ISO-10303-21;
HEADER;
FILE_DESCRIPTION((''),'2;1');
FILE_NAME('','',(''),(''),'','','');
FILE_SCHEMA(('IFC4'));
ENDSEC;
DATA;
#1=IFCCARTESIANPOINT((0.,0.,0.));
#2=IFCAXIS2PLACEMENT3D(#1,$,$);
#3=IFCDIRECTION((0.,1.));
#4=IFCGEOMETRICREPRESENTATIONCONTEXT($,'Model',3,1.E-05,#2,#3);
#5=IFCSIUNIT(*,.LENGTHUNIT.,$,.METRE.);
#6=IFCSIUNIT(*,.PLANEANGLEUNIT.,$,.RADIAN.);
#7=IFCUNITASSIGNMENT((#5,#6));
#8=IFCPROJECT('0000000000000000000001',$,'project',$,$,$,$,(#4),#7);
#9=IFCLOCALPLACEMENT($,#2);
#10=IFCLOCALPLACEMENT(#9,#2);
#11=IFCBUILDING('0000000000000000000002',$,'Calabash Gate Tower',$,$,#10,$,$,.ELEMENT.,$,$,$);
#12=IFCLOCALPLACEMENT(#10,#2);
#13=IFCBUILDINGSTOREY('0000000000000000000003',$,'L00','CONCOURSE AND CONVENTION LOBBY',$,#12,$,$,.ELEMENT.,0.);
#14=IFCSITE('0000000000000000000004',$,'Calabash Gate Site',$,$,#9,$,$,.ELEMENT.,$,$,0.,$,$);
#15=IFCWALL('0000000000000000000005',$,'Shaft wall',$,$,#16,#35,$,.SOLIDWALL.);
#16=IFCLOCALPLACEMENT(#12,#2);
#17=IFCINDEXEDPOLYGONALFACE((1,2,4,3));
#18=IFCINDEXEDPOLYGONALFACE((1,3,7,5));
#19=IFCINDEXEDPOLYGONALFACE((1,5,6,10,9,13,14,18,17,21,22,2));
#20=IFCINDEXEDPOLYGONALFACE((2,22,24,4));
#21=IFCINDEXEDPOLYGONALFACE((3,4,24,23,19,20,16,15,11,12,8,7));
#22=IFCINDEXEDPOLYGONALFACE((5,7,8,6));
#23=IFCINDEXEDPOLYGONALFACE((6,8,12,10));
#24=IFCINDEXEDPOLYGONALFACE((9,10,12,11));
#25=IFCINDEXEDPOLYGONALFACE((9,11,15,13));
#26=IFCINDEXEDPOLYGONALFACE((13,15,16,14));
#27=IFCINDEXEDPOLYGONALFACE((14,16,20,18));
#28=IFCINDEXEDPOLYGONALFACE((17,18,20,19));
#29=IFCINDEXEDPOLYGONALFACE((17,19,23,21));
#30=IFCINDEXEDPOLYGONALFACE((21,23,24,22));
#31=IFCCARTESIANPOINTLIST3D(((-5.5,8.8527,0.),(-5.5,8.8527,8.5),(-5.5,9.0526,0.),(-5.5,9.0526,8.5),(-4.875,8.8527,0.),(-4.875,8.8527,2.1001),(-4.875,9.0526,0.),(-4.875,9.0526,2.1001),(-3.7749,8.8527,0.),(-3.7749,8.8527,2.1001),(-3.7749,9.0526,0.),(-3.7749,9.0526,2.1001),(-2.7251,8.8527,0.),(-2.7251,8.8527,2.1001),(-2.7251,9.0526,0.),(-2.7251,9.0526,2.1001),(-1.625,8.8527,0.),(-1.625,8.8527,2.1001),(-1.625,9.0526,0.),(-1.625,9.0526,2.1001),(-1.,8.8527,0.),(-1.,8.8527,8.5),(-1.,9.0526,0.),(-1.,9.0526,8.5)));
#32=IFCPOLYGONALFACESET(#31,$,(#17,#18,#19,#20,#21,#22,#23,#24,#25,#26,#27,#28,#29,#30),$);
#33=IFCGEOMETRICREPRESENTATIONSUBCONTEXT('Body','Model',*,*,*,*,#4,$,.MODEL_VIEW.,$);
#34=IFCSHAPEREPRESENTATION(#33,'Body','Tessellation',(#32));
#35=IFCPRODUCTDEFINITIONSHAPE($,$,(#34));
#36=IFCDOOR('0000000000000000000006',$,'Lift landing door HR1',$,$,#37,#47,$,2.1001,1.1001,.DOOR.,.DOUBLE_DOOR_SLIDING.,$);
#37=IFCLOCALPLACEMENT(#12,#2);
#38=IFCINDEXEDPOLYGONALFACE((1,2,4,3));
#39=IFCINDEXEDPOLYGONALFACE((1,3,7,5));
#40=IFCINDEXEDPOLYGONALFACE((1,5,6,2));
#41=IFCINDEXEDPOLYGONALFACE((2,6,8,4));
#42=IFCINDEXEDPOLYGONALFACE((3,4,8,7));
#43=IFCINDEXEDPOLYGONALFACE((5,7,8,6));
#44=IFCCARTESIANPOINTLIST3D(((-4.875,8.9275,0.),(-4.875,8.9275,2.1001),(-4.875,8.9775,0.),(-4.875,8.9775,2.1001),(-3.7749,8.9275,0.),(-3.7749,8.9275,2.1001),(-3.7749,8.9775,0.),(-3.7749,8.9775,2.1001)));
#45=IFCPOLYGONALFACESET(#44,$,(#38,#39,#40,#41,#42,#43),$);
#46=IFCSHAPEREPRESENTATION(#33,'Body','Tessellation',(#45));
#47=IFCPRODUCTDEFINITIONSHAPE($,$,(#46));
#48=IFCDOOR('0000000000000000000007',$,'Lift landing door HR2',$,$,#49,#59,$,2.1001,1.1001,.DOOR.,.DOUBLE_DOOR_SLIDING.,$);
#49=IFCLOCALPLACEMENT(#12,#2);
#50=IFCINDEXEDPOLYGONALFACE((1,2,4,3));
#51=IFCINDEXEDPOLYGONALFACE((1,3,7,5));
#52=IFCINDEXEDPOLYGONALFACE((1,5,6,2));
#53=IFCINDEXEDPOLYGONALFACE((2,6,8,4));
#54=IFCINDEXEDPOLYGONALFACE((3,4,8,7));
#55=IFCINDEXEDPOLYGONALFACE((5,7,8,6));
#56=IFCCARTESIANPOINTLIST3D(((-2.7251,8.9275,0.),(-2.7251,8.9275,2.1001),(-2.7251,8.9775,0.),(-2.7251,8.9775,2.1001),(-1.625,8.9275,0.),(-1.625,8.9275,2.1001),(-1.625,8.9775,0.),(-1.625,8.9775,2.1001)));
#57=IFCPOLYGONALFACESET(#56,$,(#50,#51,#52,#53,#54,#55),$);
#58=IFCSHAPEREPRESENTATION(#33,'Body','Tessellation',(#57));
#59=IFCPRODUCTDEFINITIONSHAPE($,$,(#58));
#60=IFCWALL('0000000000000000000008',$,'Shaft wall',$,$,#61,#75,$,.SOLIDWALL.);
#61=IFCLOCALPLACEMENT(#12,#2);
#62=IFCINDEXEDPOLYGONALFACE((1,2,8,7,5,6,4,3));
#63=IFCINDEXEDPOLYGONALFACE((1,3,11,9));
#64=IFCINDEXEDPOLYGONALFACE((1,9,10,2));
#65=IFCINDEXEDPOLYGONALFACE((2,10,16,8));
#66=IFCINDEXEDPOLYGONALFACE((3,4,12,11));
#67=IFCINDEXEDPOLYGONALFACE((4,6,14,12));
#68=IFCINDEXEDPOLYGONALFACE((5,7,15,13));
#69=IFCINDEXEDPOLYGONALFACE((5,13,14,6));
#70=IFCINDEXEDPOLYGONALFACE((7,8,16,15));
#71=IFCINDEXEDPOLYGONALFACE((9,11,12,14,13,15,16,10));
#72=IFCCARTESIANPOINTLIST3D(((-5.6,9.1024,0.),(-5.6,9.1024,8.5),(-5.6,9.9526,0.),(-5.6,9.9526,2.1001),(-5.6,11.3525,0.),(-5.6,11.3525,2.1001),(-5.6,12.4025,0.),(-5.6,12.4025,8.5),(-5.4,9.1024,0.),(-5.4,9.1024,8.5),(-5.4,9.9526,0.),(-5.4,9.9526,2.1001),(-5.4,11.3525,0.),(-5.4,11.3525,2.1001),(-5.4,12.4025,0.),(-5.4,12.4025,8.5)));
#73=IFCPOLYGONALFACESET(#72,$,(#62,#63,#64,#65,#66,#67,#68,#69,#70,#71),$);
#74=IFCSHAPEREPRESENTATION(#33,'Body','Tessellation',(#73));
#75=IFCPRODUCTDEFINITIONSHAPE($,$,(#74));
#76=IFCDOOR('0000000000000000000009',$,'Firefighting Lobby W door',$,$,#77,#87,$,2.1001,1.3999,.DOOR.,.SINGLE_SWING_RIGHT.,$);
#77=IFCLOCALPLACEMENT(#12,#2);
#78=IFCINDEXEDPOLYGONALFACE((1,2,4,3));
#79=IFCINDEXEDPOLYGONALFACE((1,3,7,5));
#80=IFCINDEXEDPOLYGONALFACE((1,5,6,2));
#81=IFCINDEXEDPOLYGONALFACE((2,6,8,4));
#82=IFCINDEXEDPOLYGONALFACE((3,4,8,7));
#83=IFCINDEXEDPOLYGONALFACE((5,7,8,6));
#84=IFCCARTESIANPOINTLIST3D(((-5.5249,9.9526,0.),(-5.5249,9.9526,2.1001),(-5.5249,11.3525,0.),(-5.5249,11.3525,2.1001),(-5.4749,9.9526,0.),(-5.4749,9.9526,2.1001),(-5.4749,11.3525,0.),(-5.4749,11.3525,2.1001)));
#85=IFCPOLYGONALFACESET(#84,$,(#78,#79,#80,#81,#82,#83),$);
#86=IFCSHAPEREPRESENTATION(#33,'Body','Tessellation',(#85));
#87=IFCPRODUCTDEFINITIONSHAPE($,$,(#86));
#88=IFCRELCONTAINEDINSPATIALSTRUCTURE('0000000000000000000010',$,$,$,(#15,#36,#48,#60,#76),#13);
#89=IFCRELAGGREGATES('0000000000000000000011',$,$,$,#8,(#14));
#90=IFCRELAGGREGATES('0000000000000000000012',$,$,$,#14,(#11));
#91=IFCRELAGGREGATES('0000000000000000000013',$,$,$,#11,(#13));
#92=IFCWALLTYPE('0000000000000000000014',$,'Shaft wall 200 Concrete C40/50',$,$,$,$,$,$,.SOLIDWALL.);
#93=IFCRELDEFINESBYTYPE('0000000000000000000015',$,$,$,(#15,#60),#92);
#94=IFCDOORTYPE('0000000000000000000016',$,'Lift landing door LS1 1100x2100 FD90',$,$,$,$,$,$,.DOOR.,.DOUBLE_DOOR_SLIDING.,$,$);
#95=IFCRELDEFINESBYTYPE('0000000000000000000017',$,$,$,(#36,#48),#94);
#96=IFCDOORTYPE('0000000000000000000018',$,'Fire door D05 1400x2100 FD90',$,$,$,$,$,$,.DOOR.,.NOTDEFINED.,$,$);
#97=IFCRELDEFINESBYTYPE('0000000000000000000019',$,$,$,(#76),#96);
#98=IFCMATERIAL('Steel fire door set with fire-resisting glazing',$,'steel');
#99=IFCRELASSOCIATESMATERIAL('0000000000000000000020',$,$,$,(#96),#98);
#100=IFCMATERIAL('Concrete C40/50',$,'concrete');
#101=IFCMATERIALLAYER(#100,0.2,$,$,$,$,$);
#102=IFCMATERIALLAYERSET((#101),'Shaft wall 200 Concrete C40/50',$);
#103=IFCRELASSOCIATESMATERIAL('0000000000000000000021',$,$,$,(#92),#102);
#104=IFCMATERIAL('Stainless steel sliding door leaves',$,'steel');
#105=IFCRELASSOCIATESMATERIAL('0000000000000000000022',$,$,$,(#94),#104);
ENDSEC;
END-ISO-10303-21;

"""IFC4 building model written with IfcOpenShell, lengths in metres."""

from ifc_helpers import new_model, si_unit, direction, frame, frame_2d, origin, place, context, subcontext, project, spatial, rectangle, extrude, material, layer, layer_set, type_object, element, fill, save


model = new_model("IFC4")

# Units and contexts
model_context = context("Model", 3, precision=1e-05, world=origin(), true_north=direction((0.0, 1.0)))
body_context = subcontext(model_context, "Body", "Model", "MODEL_VIEW")
ifc_project = project(units=[si_unit("LENGTHUNIT", "METRE"), si_unit("PLANEANGLEUNIT", "RADIAN")], contexts=[model_context])

# Site, building, storey
site_placement = place(None, origin())
site = spatial("IfcSite", under=ifc_project, at=site_placement, Name="Calabash Gate Site", CompositionType="ELEMENT", RefElevation=0.0)
building_placement = place(site_placement, origin())
building = spatial("IfcBuilding", under=site, at=building_placement, Name="Calabash Gate Tower", CompositionType="ELEMENT")
storey_placement = place(building_placement, origin())
storey = spatial("IfcBuildingStorey", under=building, at=storey_placement, Name="L00", Description="CONCOURSE AND CONVENTION LOBBY", CompositionType="ELEMENT", Elevation=0.0)

# Shared definitions
ifc_material_1 = material(Name="Steel fire door set with fire-resisting glazing", Category="steel")
door_type_1 = type_object("IfcDoorType", Name="Fire door D05 1400x2100 FD90", OperationType="NOTDEFINED", PredefinedType="DOOR", material=ifc_material_1)

# Shared definitions
ifc_material_2 = material(Name="Concrete C40/50", Category="concrete")
ifc_layer_1 = layer(ifc_material_2, 0.2)
ifc_layer_set_1 = layer_set([ifc_layer_1], Name="Shaft wall 200 Concrete C40/50")
wall_type_1 = type_object("IfcWallType", Name="Shaft wall 200 Concrete C40/50", PredefinedType="SOLIDWALL", material=ifc_layer_set_1)

# Wall, openings, doors
wall_1_placement = place(storey_placement, frame((-5.5, 8.9526, 0.0), z_axis=(0.0, 0.0, 1.0), x_axis=(1.0, 0.0, 0.0)))
wall_1 = element("IfcWall", 1, at=wall_1_placement, inside=storey, type_object=wall_type_1, Name="Shaft wall", PredefinedType="SOLIDWALL", context=body_context, shape_type="SweptSolid", body=[
    extrude(rectangle(XDim=4.5, YDim=0.2, at=frame_2d((2.25, 0.0))), origin(), (0.0, 0.0, 1.0), 8.5),
])
opening_1_placement = place(wall_1_placement, frame((0.625, 0.0, 0.0)))
opening_1 = element("IfcOpeningElement", 2, at=opening_1_placement, cuts=wall_1, PredefinedType="OPENING", context=body_context, shape_type="SweptSolid", body=[
    extrude(rectangle(XDim=1.1001, YDim=2.1001, at=frame_2d((0.55, 1.05))), frame((0.0, 0.1099, 0.0), z_axis=(0.0, -1.0, 0.0), x_axis=(1.0, 0.0, 0.0)), (0.0, 0.0, 1.0), 0.22),
])
opening_2_placement = place(wall_1_placement, frame((2.7749, 0.0, 0.0)))
opening_2 = element("IfcOpeningElement", 3, at=opening_2_placement, cuts=wall_1, PredefinedType="OPENING", context=body_context, shape_type="SweptSolid", body=[
    extrude(rectangle(XDim=1.1001, YDim=2.1001, at=frame_2d((0.55, 1.05))), frame((0.0, 0.1099, 0.0), z_axis=(0.0, -1.0, 0.0), x_axis=(1.0, 0.0, 0.0)), (0.0, 0.0, 1.0), 0.22),
])
ifc_material_3 = material(Name="Stainless steel sliding door leaves", Category="steel")
door_type_2 = type_object("IfcDoorType", Name="Lift landing door LS1 1100x2100 FD90", OperationType="DOUBLE_DOOR_SLIDING", PredefinedType="DOOR", material=ifc_material_3)
door_1_placement = place(opening_1_placement, origin())
door_1 = element("IfcDoor", 4, at=door_1_placement, inside=storey, type_object=door_type_2, Name="Lift landing door HR1", OperationType="DOUBLE_DOOR_SLIDING", OverallHeight=2.1001, OverallWidth=1.1001, PredefinedType="DOOR", context=body_context, shape_type="SweptSolid", body=[
    extrude(rectangle(XDim=1.1001, YDim=2.1001, at=frame_2d((0.55, 1.05))), frame((0.0, 0.0249, 0.0), z_axis=(0.0, -1.0, 0.0), x_axis=(1.0, 0.0, 0.0)), (0.0, 0.0, 1.0), 0.05),
])
fill(opening_1, door_1)
door_2_placement = place(opening_2_placement, origin())
door_2 = element("IfcDoor", 5, at=door_2_placement, inside=storey, type_object=door_type_2, Name="Lift landing door HR2", OperationType="DOUBLE_DOOR_SLIDING", OverallHeight=2.1001, OverallWidth=1.1001, PredefinedType="DOOR", context=body_context, shape_type="SweptSolid", body=[
    extrude(rectangle(XDim=1.1001, YDim=2.1001, at=frame_2d((0.55, 1.05))), frame((0.0, 0.0249, 0.0), z_axis=(0.0, -1.0, 0.0), x_axis=(1.0, 0.0, 0.0)), (0.0, 0.0, 1.0), 0.05),
])
fill(opening_2, door_2)

# Wall, opening, door
wall_2_placement = place(storey_placement, frame((-5.5, 9.1025, 0.0), z_axis=(0.0, 0.0, 1.0), x_axis=(0.0, 1.0, 0.0)))
wall_2 = element("IfcWall", 6, at=wall_2_placement, inside=storey, type_object=wall_type_1, Name="Shaft wall", PredefinedType="SOLIDWALL", context=body_context, shape_type="SweptSolid", body=[
    extrude(rectangle(XDim=3.3, YDim=0.2, at=frame_2d((1.6499, 0.0))), origin(), (0.0, 0.0, 1.0), 8.5),
])
opening_3_placement = place(wall_2_placement, frame((0.8501, 0.0, 0.0)))
opening_3 = element("IfcOpeningElement", 7, at=opening_3_placement, cuts=wall_2, PredefinedType="OPENING", context=body_context, shape_type="SweptSolid", body=[
    extrude(rectangle(XDim=1.3999, YDim=2.1001, at=frame_2d((0.7, 1.05))), frame((0.0, 0.1099, 0.0), z_axis=(0.0, -1.0, 0.0), x_axis=(1.0, 0.0, 0.0)), (0.0, 0.0, 1.0), 0.22),
])
door_3_placement = place(opening_3_placement, origin())
door_3 = element("IfcDoor", 8, at=door_3_placement, inside=storey, type_object=door_type_1, Name="Firefighting Lobby W door", OperationType="SINGLE_SWING_RIGHT", OverallHeight=2.1001, OverallWidth=1.3999, PredefinedType="DOOR", context=body_context, shape_type="SweptSolid", body=[
    extrude(rectangle(XDim=1.3999, YDim=2.1001, at=frame_2d((0.7, 1.05))), frame((0.0, 0.0249, 0.0), z_axis=(0.0, -1.0, 0.0), x_axis=(1.0, 0.0, 0.0)), (0.0, 0.0, 1.0), 0.05),
])
fill(opening_3, door_3)

save(model, "model.ifc")
